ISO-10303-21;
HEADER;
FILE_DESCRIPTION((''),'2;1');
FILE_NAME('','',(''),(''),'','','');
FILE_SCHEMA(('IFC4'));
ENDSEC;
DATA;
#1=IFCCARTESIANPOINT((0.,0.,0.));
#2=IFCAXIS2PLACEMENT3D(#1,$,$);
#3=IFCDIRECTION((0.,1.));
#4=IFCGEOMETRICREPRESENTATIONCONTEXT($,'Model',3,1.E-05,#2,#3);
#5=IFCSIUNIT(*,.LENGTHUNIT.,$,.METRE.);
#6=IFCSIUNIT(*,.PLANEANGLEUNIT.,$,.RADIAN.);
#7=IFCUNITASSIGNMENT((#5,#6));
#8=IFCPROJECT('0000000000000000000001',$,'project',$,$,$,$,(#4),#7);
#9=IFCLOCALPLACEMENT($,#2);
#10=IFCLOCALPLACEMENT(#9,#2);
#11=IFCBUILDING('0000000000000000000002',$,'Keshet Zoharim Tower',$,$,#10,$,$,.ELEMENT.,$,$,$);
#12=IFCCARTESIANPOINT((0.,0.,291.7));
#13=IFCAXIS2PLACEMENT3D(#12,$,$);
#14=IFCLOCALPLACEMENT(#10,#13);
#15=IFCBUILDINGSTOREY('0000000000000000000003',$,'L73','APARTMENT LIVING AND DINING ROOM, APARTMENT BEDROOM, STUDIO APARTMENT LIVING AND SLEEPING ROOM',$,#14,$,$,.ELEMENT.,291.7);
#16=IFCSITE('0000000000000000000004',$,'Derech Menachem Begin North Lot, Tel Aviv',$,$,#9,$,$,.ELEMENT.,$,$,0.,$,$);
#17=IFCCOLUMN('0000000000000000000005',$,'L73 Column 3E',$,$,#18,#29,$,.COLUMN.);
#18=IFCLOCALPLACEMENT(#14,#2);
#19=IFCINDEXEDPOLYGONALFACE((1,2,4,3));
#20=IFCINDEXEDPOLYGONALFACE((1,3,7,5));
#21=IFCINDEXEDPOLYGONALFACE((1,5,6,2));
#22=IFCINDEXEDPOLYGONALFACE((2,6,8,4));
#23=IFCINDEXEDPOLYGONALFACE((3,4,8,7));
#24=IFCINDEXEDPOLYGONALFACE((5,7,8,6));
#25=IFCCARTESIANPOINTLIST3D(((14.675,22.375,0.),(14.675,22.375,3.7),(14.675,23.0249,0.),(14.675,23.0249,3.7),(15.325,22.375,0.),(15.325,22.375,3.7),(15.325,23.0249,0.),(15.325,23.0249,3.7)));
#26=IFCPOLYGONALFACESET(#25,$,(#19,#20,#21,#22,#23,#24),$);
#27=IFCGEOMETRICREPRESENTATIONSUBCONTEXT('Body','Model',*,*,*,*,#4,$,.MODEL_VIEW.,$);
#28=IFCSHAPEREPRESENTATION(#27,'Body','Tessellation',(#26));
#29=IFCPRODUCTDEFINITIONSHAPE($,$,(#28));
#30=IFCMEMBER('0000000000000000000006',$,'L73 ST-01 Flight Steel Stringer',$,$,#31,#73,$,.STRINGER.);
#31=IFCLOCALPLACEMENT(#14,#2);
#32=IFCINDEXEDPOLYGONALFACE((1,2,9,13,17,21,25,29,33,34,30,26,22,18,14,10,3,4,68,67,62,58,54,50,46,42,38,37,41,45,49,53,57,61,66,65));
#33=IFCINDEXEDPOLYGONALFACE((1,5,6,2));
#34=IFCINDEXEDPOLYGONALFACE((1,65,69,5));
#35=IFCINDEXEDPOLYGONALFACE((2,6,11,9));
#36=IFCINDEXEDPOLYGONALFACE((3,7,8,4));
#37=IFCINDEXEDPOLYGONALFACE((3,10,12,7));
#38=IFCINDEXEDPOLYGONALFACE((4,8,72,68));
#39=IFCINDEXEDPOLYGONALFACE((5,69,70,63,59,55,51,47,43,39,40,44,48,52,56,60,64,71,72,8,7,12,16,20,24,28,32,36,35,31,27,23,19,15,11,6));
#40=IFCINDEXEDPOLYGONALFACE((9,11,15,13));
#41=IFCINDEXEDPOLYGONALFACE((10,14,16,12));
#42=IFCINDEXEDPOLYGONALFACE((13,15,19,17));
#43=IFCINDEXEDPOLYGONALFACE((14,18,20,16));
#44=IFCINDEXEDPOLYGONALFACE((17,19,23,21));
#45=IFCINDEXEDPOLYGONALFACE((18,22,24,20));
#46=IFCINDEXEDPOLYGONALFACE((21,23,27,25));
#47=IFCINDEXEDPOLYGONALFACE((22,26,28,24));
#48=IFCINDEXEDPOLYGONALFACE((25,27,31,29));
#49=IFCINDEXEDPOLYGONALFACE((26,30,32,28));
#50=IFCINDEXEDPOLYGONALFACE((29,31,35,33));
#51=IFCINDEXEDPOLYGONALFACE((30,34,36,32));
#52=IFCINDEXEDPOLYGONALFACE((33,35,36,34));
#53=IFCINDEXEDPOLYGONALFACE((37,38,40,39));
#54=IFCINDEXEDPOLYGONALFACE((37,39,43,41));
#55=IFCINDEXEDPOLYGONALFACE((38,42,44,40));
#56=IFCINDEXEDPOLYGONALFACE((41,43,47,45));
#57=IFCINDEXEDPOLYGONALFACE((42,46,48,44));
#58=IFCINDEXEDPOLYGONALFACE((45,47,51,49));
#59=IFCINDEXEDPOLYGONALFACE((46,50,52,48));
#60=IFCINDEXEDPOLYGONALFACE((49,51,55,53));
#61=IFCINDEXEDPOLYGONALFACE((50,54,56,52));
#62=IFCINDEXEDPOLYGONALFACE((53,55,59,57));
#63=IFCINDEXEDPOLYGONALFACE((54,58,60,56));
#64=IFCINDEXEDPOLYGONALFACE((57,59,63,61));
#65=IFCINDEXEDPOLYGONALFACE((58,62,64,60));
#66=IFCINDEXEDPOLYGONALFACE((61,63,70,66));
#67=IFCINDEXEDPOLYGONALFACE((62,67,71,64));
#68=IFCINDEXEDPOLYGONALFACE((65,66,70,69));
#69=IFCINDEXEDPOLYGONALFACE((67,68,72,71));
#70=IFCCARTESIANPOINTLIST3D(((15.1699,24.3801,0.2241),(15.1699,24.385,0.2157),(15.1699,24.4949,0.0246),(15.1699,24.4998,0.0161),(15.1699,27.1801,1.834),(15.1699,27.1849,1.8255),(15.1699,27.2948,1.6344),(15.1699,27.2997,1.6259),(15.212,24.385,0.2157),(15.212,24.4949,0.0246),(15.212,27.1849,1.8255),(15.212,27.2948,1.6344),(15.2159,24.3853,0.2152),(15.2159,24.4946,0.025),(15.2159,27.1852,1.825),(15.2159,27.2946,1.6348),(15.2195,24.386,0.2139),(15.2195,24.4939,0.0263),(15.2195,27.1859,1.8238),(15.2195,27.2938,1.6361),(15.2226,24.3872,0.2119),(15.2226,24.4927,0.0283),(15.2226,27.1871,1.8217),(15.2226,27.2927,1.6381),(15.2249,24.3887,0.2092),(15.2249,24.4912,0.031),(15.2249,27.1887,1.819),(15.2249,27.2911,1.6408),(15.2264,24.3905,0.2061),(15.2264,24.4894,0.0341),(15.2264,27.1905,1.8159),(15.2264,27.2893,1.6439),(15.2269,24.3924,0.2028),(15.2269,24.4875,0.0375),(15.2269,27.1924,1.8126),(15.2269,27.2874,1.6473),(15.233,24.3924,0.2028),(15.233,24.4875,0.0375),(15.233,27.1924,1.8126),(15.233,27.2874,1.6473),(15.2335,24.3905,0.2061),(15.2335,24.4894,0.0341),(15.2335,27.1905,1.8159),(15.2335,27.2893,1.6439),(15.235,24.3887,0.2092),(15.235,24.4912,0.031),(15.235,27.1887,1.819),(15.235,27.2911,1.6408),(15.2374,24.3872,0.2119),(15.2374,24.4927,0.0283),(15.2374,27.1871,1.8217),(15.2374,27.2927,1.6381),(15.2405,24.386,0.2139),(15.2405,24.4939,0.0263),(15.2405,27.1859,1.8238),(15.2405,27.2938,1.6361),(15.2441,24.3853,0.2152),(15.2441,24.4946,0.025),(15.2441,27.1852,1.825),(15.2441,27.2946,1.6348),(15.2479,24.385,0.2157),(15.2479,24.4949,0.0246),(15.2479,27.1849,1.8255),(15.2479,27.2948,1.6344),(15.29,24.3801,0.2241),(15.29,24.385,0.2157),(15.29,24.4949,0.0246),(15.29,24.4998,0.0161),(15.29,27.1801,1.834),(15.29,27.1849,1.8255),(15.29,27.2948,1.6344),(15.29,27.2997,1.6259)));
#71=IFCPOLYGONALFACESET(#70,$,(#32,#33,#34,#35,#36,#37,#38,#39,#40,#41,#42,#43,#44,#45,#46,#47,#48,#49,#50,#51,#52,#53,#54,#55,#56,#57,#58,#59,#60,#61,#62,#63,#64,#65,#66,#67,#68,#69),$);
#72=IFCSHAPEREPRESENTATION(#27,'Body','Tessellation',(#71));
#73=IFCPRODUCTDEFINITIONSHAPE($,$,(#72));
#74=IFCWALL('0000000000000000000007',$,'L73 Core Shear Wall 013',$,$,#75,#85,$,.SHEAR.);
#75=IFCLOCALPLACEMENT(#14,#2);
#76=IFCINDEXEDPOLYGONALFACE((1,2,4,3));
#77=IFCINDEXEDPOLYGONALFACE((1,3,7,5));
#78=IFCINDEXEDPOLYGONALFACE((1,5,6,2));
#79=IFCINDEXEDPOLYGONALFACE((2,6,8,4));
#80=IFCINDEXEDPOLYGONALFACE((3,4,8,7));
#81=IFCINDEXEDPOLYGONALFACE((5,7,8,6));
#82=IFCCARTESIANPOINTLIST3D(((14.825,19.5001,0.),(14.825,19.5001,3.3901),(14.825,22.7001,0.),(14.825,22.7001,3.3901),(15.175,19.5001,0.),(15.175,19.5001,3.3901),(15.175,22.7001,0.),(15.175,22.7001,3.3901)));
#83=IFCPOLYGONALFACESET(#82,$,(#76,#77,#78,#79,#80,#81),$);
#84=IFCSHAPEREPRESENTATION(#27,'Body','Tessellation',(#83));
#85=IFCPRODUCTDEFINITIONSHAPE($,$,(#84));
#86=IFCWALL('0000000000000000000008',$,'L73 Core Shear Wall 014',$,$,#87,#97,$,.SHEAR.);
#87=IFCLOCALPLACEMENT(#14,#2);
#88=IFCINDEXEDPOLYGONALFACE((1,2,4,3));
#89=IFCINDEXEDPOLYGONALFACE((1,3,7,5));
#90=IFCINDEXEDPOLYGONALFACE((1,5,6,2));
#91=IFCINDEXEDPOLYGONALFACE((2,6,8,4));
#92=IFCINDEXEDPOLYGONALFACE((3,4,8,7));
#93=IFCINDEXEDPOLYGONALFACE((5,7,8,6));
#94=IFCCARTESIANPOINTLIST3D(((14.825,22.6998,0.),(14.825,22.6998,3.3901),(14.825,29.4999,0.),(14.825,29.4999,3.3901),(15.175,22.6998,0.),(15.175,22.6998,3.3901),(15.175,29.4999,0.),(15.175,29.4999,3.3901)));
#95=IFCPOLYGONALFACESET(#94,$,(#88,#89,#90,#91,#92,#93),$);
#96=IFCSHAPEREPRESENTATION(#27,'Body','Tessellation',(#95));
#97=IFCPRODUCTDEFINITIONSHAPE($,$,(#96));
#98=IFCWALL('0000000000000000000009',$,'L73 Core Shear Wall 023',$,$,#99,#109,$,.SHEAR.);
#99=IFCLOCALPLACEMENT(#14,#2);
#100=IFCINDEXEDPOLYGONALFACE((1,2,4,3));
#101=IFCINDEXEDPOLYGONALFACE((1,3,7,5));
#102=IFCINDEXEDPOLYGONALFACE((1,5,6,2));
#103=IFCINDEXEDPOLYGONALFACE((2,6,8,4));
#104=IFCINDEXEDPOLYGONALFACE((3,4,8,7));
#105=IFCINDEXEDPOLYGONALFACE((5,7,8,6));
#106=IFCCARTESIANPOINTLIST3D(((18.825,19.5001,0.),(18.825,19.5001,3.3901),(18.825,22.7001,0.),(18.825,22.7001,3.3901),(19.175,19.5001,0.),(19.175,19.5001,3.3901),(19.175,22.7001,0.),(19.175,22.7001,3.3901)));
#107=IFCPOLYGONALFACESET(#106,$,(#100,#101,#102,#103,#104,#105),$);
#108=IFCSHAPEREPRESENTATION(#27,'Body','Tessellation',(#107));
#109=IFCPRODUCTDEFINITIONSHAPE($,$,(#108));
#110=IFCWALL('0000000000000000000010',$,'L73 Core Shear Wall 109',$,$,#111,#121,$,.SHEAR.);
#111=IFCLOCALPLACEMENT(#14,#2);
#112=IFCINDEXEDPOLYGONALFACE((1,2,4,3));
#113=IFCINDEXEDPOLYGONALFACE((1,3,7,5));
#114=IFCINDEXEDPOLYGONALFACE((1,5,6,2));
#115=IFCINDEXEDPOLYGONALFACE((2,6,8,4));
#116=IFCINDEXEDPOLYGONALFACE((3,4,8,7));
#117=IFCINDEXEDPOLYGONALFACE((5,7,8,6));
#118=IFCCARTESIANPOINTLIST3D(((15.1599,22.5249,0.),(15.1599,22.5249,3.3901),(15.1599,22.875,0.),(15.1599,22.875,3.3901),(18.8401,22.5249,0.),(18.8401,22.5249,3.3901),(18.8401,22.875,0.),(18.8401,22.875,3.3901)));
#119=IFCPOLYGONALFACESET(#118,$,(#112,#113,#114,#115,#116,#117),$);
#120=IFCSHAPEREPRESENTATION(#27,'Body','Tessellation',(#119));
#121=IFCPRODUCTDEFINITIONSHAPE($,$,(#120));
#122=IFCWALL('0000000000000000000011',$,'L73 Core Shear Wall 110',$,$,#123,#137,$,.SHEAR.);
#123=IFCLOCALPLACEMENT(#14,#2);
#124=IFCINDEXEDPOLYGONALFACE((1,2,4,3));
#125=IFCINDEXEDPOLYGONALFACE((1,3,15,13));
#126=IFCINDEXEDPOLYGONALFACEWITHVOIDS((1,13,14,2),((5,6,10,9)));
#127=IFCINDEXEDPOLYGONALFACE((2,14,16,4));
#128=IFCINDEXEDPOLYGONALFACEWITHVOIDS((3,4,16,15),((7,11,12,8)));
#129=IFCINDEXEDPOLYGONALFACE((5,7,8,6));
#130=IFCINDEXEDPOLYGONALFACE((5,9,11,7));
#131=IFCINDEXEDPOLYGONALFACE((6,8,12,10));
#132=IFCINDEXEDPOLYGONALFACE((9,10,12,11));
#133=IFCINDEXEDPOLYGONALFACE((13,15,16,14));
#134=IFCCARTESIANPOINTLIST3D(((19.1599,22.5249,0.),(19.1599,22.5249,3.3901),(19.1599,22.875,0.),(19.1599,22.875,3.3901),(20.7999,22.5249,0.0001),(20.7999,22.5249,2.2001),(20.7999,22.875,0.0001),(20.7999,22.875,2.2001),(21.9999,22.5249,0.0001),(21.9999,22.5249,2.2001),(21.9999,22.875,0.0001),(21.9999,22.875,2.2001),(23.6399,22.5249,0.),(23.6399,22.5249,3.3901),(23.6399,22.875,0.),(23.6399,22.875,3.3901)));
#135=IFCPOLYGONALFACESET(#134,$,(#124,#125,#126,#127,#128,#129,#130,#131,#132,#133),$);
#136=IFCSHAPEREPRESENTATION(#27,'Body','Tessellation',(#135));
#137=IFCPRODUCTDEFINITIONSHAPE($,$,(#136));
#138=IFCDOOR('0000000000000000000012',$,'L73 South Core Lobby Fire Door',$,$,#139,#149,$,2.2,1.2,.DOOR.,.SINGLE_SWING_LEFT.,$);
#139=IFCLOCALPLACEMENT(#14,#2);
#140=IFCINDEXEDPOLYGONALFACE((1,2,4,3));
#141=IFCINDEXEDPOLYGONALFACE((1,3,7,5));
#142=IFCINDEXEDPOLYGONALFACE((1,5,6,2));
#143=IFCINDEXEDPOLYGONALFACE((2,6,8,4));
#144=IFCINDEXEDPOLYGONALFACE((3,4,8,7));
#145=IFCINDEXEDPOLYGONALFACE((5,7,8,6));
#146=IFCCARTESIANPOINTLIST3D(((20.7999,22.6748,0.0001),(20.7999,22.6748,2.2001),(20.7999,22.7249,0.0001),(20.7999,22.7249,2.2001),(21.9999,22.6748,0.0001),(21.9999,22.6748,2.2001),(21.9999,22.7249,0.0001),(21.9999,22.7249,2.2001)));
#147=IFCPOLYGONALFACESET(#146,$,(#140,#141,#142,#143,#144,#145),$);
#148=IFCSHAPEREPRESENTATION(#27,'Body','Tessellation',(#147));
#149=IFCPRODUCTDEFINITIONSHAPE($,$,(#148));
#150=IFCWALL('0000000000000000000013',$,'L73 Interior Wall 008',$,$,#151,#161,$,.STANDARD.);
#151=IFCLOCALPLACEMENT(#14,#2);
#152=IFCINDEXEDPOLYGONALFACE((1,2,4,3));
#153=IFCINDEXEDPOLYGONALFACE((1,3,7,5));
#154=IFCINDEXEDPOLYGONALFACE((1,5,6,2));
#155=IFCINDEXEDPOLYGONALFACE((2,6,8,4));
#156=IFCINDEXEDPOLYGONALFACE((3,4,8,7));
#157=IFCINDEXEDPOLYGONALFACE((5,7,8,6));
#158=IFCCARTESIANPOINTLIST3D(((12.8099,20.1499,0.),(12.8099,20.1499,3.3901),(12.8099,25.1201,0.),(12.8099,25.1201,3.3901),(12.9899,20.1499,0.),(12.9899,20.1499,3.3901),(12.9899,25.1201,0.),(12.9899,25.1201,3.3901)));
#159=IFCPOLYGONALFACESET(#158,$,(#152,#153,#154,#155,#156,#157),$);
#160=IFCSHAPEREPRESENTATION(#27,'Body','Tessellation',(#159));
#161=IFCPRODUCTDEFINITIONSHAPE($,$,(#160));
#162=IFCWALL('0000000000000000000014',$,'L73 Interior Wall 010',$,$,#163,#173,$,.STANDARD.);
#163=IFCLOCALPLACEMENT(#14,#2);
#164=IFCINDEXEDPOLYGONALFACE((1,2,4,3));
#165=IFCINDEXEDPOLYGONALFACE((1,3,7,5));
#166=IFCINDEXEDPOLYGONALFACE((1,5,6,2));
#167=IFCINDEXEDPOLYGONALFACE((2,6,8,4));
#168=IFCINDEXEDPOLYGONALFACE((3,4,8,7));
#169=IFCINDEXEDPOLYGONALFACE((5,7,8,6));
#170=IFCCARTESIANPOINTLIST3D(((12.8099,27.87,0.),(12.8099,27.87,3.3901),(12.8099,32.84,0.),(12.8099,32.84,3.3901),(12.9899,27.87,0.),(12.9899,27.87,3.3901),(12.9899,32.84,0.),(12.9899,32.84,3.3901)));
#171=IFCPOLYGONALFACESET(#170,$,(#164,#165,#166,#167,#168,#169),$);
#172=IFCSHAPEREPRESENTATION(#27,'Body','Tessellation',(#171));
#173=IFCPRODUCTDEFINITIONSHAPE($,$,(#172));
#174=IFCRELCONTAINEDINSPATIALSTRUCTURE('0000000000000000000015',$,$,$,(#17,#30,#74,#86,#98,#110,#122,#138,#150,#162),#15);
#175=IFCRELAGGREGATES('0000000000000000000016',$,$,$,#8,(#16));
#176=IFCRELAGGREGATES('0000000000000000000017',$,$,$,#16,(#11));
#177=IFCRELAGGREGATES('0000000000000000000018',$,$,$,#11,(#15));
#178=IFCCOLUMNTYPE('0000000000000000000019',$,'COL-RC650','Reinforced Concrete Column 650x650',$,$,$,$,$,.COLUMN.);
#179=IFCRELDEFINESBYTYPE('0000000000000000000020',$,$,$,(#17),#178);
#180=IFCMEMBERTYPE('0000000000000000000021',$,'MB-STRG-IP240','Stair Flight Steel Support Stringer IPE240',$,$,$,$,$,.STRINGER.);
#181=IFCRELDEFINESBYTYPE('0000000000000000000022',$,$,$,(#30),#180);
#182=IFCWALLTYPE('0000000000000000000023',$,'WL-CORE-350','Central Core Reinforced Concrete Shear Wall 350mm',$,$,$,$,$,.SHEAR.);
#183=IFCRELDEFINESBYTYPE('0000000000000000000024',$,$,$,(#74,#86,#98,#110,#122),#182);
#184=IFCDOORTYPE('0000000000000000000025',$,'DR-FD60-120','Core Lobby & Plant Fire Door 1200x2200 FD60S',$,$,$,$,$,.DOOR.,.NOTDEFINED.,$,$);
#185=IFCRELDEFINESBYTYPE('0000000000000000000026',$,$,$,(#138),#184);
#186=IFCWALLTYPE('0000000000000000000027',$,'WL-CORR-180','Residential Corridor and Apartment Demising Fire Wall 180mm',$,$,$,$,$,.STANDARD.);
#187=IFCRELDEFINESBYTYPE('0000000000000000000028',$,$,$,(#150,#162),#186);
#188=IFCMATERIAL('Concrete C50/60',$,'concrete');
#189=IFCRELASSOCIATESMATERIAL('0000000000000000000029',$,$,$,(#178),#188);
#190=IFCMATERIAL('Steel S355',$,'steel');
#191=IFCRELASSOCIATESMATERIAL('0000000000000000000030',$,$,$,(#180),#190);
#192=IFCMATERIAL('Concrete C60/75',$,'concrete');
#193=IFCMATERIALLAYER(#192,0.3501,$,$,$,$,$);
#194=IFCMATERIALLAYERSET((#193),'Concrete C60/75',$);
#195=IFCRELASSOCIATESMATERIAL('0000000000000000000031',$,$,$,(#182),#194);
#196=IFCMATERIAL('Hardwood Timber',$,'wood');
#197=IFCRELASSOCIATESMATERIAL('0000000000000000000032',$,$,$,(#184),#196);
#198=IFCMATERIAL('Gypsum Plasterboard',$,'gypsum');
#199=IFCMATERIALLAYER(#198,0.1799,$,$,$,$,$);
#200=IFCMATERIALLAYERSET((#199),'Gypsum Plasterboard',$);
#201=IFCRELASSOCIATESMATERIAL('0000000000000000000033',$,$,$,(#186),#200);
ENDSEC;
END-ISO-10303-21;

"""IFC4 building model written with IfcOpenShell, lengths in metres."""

from ifc_helpers import new_model, si_unit, direction, frame, frame_2d, origin, origin_2d, place, context, subcontext, project, spatial, rectangle, i_section, extrude, material, layer, layer_set, material_profile, profile_set, type_object, element, fill, save


model = new_model("IFC4")

# Units and contexts
model_context = context("Model", 3, precision=1e-05, world=origin(), true_north=direction((0.0, 1.0)))
body_context = subcontext(model_context, "Body", "Model", "MODEL_VIEW")
ifc_project = project(units=[si_unit("LENGTHUNIT", "METRE"), si_unit("PLANEANGLEUNIT", "RADIAN")], contexts=[model_context])

# Site, building, storey
site_placement = place(None, origin())
site = spatial("IfcSite", under=ifc_project, at=site_placement, Name="Derech Menachem Begin North Lot, Tel Aviv", CompositionType="ELEMENT", RefElevation=0.0)
building_placement = place(site_placement, origin())
building = spatial("IfcBuilding", under=site, at=building_placement, Name="Keshet Zoharim Tower", CompositionType="ELEMENT")
storey_placement = place(building_placement, frame((0.0, 0.0, 291.7)))
storey = spatial("IfcBuildingStorey", under=building, at=storey_placement, Name="L73", Description="APARTMENT LIVING AND DINING ROOM, APARTMENT BEDROOM, STUDIO APARTMENT LIVING AND SLEEPING ROOM", CompositionType="ELEMENT", Elevation=291.7)

# Column
ifc_material_1 = material(Name="Concrete C50/60", Category="concrete")
ifc_material_profile_1 = material_profile(ifc_material_1, rectangle(XDim=0.6499, YDim=0.6499, at=origin_2d()), Name="RC650x650")
ifc_profile_set_1 = profile_set([ifc_material_profile_1], Name="Concrete C50/60")
column_type = type_object("IfcColumnType", Name="COL-RC650", Description="Reinforced Concrete Column 650x650", PredefinedType="COLUMN", material=ifc_profile_set_1)
column_placement = place(storey_placement, frame((15.0, 22.7, 0.0), z_axis=(0.0, 0.0, 1.0), x_axis=(1.0, 0.0, 0.0)))
element("IfcColumn", 1, at=column_placement, inside=storey, type_object=column_type, Name="L73 Column 3E", PredefinedType="COLUMN", context=body_context, shape_type="SweptSolid", body=[
    extrude(rectangle(XDim=0.6499, YDim=0.6499, at=origin_2d()), origin(), (0.0, 0.0, 1.0), 3.7),
])

# Member
ifc_material_2 = material(Name="Steel S355", Category="steel")
ifc_material_profile_2 = material_profile(ifc_material_2, i_section(OverallWidth=0.1201, OverallDepth=0.24, WebThickness=0.0061, FlangeThickness=0.0098, FilletRadius=0.0149, at=origin_2d()), Name="IPE240")
ifc_profile_set_2 = profile_set([ifc_material_profile_2], Name="Steel S355")
member_type = type_object("IfcMemberType", Name="MB-STRG-IP240", Description="Stair Flight Steel Support Stringer IPE240", PredefinedType="STRINGER", material=ifc_profile_set_2)
member_placement = place(storey_placement, frame((15.23, 24.4399, 0.1201), z_axis=(0.0, 0.866928, 0.498433), x_axis=(-1.0, 0.0, 0.0)))
element("IfcMember", 2, at=member_placement, inside=storey, type_object=member_type, Name="L73 ST-01 Flight Steel Stringer", PredefinedType="STRINGER", context=body_context, shape_type="SweptSolid", body=[
    extrude(i_section(OverallWidth=0.1201, OverallDepth=0.24, WebThickness=0.0061, FlangeThickness=0.0098, FilletRadius=0.0149, at=origin_2d()), origin(), (0.0, 0.0, 1.0), 3.2297),
])

# Walls
ifc_material_3 = material(Name="Concrete C60/75", Category="concrete")
ifc_layer_1 = layer(ifc_material_3, 0.3501)
ifc_layer_set_1 = layer_set([ifc_layer_1], Name="Concrete C60/75")
wall_type_1 = type_object("IfcWallType", Name="WL-CORE-350", Description="Central Core Reinforced Concrete Shear Wall 350mm", PredefinedType="SHEAR", material=ifc_layer_set_1)
wall_1_placement = place(storey_placement, frame((15.0, 19.5, 0.0), z_axis=(0.0, 0.0, 1.0), x_axis=(0.0, 1.0, 0.0)))
element("IfcWall", 3, at=wall_1_placement, inside=storey, type_object=wall_type_1, Name="L73 Core Shear Wall 013", PredefinedType="SHEAR", context=body_context, shape_type="SweptSolid", body=[
    extrude(rectangle(XDim=3.2, YDim=0.3501, at=frame_2d((1.6001, 0.0))), origin(), (0.0, 0.0, 1.0), 3.3901),
])
wall_2_placement = place(storey_placement, frame((15.0, 22.7, 0.0), z_axis=(0.0, 0.0, 1.0), x_axis=(0.0, 1.0, 0.0)))
element("IfcWall", 4, at=wall_2_placement, inside=storey, type_object=wall_type_1, Name="L73 Core Shear Wall 014", PredefinedType="SHEAR", context=body_context, shape_type="SweptSolid", body=[
    extrude(rectangle(XDim=6.8, YDim=0.3501, at=frame_2d((3.3999, 0.0))), origin(), (0.0, 0.0, 1.0), 3.3901),
])
wall_3_placement = place(storey_placement, frame((19.0, 19.5, 0.0), z_axis=(0.0, 0.0, 1.0), x_axis=(0.0, 1.0, 0.0)))
element("IfcWall", 5, at=wall_3_placement, inside=storey, type_object=wall_type_1, Name="L73 Core Shear Wall 023", PredefinedType="SHEAR", context=body_context, shape_type="SweptSolid", body=[
    extrude(rectangle(XDim=3.2, YDim=0.3501, at=frame_2d((1.6001, 0.0))), origin(), (0.0, 0.0, 1.0), 3.3901),
])

# Shared definitions
ifc_material_4 = material(Name="Hardwood Timber", Category="wood")

# Wall
wall_4_placement = place(storey_placement, frame((15.1599, 22.7, 0.0), z_axis=(0.0, 0.0, 1.0), x_axis=(1.0, 0.0, 0.0)))
element("IfcWall", 6, at=wall_4_placement, inside=storey, type_object=wall_type_1, Name="L73 Core Shear Wall 109", PredefinedType="SHEAR", context=body_context, shape_type="SweptSolid", body=[
    extrude(rectangle(XDim=3.6802, YDim=0.3501, at=frame_2d((1.8401, 0.0))), origin(), (0.0, 0.0, 1.0), 3.3901),
])

# Wall, opening, door
wall_5_placement = place(storey_placement, frame((19.1599, 22.7, 0.0), z_axis=(0.0, 0.0, 1.0), x_axis=(1.0, 0.0, 0.0)))
wall_5 = element("IfcWall", 7, at=wall_5_placement, inside=storey, type_object=wall_type_1, Name="L73 Core Shear Wall 110", PredefinedType="SHEAR", context=body_context, shape_type="SweptSolid", body=[
    extrude(rectangle(XDim=4.48, YDim=0.3501, at=frame_2d((2.24, 0.0))), origin(), (0.0, 0.0, 1.0), 3.3901),
])
opening_1_placement = place(wall_5_placement, frame((1.6399, 0.0, 0.0)))
opening_1 = element("IfcOpeningElement", 8, at=opening_1_placement, cuts=wall_5, PredefinedType="OPENING", context=body_context, shape_type="SweptSolid", body=[
    extrude(rectangle(XDim=1.2, YDim=2.2, at=frame_2d((0.6001, 1.1001))), frame((0.0, 0.1851, 0.0), z_axis=(0.0, -1.0, 0.0), x_axis=(1.0, 0.0, 0.0)), (0.0, 0.0, 1.0), 0.3701),
])
door_type_1 = type_object("IfcDoorType", Name="DR-FD60-120", Description="Core Lobby & Plant Fire Door 1200x2200 FD60S", OperationType="NOTDEFINED", PredefinedType="DOOR", material=ifc_material_4)
door_1_placement = place(opening_1_placement, origin())
door_1 = element("IfcDoor", 9, at=door_1_placement, inside=storey, type_object=door_type_1, Name="L73 South Core Lobby Fire Door", OperationType="SINGLE_SWING_LEFT", OverallHeight=2.2, OverallWidth=1.2, PredefinedType="DOOR", context=body_context, shape_type="SweptSolid", body=[
    extrude(rectangle(XDim=1.2, YDim=2.2, at=frame_2d((0.6001, 1.1001))), frame((0.0, 0.0249, 0.0), z_axis=(0.0, -1.0, 0.0), x_axis=(1.0, 0.0, 0.0)), (0.0, 0.0, 1.0), 0.05),
])
fill(opening_1, door_1)

# Wall
ifc_material_5 = material(Name="Gypsum Plasterboard", Category="gypsum")
ifc_layer_2 = layer(ifc_material_5, 0.1799)
ifc_layer_set_2 = layer_set([ifc_layer_2], Name="Gypsum Plasterboard")
wall_type_2 = type_object("IfcWallType", Name="WL-CORR-180", Description="Residential Corridor and Apartment Demising Fire Wall 180mm", PredefinedType="STANDARD", material=ifc_layer_set_2)
wall_6_placement = place(storey_placement, frame((12.8999, 20.1499, 0.0), z_axis=(0.0, 0.0, 1.0), x_axis=(0.0, 1.0, 0.0)))
element("IfcWall", 10, at=wall_6_placement, inside=storey, type_object=wall_type_2, Name="L73 Interior Wall 008", PredefinedType="STANDARD", context=body_context, shape_type="SweptSolid", body=[
    extrude(rectangle(XDim=4.9702, YDim=0.1799, at=frame_2d((2.4851, 0.0))), origin(), (0.0, 0.0, 1.0), 3.3901),
])

# Wall
wall_7_placement = place(storey_placement, frame((12.8999, 27.8701, 0.0), z_axis=(0.0, 0.0, 1.0), x_axis=(0.0, 1.0, 0.0)))
element("IfcWall", 11, at=wall_7_placement, inside=storey, type_object=wall_type_2, Name="L73 Interior Wall 010", PredefinedType="STANDARD", context=body_context, shape_type="SweptSolid", body=[
    extrude(rectangle(XDim=4.97, YDim=0.1799, at=frame_2d((2.4849, 0.0))), origin(), (0.0, 0.0, 1.0), 3.3901),
])

save(model, "model.ifc")
